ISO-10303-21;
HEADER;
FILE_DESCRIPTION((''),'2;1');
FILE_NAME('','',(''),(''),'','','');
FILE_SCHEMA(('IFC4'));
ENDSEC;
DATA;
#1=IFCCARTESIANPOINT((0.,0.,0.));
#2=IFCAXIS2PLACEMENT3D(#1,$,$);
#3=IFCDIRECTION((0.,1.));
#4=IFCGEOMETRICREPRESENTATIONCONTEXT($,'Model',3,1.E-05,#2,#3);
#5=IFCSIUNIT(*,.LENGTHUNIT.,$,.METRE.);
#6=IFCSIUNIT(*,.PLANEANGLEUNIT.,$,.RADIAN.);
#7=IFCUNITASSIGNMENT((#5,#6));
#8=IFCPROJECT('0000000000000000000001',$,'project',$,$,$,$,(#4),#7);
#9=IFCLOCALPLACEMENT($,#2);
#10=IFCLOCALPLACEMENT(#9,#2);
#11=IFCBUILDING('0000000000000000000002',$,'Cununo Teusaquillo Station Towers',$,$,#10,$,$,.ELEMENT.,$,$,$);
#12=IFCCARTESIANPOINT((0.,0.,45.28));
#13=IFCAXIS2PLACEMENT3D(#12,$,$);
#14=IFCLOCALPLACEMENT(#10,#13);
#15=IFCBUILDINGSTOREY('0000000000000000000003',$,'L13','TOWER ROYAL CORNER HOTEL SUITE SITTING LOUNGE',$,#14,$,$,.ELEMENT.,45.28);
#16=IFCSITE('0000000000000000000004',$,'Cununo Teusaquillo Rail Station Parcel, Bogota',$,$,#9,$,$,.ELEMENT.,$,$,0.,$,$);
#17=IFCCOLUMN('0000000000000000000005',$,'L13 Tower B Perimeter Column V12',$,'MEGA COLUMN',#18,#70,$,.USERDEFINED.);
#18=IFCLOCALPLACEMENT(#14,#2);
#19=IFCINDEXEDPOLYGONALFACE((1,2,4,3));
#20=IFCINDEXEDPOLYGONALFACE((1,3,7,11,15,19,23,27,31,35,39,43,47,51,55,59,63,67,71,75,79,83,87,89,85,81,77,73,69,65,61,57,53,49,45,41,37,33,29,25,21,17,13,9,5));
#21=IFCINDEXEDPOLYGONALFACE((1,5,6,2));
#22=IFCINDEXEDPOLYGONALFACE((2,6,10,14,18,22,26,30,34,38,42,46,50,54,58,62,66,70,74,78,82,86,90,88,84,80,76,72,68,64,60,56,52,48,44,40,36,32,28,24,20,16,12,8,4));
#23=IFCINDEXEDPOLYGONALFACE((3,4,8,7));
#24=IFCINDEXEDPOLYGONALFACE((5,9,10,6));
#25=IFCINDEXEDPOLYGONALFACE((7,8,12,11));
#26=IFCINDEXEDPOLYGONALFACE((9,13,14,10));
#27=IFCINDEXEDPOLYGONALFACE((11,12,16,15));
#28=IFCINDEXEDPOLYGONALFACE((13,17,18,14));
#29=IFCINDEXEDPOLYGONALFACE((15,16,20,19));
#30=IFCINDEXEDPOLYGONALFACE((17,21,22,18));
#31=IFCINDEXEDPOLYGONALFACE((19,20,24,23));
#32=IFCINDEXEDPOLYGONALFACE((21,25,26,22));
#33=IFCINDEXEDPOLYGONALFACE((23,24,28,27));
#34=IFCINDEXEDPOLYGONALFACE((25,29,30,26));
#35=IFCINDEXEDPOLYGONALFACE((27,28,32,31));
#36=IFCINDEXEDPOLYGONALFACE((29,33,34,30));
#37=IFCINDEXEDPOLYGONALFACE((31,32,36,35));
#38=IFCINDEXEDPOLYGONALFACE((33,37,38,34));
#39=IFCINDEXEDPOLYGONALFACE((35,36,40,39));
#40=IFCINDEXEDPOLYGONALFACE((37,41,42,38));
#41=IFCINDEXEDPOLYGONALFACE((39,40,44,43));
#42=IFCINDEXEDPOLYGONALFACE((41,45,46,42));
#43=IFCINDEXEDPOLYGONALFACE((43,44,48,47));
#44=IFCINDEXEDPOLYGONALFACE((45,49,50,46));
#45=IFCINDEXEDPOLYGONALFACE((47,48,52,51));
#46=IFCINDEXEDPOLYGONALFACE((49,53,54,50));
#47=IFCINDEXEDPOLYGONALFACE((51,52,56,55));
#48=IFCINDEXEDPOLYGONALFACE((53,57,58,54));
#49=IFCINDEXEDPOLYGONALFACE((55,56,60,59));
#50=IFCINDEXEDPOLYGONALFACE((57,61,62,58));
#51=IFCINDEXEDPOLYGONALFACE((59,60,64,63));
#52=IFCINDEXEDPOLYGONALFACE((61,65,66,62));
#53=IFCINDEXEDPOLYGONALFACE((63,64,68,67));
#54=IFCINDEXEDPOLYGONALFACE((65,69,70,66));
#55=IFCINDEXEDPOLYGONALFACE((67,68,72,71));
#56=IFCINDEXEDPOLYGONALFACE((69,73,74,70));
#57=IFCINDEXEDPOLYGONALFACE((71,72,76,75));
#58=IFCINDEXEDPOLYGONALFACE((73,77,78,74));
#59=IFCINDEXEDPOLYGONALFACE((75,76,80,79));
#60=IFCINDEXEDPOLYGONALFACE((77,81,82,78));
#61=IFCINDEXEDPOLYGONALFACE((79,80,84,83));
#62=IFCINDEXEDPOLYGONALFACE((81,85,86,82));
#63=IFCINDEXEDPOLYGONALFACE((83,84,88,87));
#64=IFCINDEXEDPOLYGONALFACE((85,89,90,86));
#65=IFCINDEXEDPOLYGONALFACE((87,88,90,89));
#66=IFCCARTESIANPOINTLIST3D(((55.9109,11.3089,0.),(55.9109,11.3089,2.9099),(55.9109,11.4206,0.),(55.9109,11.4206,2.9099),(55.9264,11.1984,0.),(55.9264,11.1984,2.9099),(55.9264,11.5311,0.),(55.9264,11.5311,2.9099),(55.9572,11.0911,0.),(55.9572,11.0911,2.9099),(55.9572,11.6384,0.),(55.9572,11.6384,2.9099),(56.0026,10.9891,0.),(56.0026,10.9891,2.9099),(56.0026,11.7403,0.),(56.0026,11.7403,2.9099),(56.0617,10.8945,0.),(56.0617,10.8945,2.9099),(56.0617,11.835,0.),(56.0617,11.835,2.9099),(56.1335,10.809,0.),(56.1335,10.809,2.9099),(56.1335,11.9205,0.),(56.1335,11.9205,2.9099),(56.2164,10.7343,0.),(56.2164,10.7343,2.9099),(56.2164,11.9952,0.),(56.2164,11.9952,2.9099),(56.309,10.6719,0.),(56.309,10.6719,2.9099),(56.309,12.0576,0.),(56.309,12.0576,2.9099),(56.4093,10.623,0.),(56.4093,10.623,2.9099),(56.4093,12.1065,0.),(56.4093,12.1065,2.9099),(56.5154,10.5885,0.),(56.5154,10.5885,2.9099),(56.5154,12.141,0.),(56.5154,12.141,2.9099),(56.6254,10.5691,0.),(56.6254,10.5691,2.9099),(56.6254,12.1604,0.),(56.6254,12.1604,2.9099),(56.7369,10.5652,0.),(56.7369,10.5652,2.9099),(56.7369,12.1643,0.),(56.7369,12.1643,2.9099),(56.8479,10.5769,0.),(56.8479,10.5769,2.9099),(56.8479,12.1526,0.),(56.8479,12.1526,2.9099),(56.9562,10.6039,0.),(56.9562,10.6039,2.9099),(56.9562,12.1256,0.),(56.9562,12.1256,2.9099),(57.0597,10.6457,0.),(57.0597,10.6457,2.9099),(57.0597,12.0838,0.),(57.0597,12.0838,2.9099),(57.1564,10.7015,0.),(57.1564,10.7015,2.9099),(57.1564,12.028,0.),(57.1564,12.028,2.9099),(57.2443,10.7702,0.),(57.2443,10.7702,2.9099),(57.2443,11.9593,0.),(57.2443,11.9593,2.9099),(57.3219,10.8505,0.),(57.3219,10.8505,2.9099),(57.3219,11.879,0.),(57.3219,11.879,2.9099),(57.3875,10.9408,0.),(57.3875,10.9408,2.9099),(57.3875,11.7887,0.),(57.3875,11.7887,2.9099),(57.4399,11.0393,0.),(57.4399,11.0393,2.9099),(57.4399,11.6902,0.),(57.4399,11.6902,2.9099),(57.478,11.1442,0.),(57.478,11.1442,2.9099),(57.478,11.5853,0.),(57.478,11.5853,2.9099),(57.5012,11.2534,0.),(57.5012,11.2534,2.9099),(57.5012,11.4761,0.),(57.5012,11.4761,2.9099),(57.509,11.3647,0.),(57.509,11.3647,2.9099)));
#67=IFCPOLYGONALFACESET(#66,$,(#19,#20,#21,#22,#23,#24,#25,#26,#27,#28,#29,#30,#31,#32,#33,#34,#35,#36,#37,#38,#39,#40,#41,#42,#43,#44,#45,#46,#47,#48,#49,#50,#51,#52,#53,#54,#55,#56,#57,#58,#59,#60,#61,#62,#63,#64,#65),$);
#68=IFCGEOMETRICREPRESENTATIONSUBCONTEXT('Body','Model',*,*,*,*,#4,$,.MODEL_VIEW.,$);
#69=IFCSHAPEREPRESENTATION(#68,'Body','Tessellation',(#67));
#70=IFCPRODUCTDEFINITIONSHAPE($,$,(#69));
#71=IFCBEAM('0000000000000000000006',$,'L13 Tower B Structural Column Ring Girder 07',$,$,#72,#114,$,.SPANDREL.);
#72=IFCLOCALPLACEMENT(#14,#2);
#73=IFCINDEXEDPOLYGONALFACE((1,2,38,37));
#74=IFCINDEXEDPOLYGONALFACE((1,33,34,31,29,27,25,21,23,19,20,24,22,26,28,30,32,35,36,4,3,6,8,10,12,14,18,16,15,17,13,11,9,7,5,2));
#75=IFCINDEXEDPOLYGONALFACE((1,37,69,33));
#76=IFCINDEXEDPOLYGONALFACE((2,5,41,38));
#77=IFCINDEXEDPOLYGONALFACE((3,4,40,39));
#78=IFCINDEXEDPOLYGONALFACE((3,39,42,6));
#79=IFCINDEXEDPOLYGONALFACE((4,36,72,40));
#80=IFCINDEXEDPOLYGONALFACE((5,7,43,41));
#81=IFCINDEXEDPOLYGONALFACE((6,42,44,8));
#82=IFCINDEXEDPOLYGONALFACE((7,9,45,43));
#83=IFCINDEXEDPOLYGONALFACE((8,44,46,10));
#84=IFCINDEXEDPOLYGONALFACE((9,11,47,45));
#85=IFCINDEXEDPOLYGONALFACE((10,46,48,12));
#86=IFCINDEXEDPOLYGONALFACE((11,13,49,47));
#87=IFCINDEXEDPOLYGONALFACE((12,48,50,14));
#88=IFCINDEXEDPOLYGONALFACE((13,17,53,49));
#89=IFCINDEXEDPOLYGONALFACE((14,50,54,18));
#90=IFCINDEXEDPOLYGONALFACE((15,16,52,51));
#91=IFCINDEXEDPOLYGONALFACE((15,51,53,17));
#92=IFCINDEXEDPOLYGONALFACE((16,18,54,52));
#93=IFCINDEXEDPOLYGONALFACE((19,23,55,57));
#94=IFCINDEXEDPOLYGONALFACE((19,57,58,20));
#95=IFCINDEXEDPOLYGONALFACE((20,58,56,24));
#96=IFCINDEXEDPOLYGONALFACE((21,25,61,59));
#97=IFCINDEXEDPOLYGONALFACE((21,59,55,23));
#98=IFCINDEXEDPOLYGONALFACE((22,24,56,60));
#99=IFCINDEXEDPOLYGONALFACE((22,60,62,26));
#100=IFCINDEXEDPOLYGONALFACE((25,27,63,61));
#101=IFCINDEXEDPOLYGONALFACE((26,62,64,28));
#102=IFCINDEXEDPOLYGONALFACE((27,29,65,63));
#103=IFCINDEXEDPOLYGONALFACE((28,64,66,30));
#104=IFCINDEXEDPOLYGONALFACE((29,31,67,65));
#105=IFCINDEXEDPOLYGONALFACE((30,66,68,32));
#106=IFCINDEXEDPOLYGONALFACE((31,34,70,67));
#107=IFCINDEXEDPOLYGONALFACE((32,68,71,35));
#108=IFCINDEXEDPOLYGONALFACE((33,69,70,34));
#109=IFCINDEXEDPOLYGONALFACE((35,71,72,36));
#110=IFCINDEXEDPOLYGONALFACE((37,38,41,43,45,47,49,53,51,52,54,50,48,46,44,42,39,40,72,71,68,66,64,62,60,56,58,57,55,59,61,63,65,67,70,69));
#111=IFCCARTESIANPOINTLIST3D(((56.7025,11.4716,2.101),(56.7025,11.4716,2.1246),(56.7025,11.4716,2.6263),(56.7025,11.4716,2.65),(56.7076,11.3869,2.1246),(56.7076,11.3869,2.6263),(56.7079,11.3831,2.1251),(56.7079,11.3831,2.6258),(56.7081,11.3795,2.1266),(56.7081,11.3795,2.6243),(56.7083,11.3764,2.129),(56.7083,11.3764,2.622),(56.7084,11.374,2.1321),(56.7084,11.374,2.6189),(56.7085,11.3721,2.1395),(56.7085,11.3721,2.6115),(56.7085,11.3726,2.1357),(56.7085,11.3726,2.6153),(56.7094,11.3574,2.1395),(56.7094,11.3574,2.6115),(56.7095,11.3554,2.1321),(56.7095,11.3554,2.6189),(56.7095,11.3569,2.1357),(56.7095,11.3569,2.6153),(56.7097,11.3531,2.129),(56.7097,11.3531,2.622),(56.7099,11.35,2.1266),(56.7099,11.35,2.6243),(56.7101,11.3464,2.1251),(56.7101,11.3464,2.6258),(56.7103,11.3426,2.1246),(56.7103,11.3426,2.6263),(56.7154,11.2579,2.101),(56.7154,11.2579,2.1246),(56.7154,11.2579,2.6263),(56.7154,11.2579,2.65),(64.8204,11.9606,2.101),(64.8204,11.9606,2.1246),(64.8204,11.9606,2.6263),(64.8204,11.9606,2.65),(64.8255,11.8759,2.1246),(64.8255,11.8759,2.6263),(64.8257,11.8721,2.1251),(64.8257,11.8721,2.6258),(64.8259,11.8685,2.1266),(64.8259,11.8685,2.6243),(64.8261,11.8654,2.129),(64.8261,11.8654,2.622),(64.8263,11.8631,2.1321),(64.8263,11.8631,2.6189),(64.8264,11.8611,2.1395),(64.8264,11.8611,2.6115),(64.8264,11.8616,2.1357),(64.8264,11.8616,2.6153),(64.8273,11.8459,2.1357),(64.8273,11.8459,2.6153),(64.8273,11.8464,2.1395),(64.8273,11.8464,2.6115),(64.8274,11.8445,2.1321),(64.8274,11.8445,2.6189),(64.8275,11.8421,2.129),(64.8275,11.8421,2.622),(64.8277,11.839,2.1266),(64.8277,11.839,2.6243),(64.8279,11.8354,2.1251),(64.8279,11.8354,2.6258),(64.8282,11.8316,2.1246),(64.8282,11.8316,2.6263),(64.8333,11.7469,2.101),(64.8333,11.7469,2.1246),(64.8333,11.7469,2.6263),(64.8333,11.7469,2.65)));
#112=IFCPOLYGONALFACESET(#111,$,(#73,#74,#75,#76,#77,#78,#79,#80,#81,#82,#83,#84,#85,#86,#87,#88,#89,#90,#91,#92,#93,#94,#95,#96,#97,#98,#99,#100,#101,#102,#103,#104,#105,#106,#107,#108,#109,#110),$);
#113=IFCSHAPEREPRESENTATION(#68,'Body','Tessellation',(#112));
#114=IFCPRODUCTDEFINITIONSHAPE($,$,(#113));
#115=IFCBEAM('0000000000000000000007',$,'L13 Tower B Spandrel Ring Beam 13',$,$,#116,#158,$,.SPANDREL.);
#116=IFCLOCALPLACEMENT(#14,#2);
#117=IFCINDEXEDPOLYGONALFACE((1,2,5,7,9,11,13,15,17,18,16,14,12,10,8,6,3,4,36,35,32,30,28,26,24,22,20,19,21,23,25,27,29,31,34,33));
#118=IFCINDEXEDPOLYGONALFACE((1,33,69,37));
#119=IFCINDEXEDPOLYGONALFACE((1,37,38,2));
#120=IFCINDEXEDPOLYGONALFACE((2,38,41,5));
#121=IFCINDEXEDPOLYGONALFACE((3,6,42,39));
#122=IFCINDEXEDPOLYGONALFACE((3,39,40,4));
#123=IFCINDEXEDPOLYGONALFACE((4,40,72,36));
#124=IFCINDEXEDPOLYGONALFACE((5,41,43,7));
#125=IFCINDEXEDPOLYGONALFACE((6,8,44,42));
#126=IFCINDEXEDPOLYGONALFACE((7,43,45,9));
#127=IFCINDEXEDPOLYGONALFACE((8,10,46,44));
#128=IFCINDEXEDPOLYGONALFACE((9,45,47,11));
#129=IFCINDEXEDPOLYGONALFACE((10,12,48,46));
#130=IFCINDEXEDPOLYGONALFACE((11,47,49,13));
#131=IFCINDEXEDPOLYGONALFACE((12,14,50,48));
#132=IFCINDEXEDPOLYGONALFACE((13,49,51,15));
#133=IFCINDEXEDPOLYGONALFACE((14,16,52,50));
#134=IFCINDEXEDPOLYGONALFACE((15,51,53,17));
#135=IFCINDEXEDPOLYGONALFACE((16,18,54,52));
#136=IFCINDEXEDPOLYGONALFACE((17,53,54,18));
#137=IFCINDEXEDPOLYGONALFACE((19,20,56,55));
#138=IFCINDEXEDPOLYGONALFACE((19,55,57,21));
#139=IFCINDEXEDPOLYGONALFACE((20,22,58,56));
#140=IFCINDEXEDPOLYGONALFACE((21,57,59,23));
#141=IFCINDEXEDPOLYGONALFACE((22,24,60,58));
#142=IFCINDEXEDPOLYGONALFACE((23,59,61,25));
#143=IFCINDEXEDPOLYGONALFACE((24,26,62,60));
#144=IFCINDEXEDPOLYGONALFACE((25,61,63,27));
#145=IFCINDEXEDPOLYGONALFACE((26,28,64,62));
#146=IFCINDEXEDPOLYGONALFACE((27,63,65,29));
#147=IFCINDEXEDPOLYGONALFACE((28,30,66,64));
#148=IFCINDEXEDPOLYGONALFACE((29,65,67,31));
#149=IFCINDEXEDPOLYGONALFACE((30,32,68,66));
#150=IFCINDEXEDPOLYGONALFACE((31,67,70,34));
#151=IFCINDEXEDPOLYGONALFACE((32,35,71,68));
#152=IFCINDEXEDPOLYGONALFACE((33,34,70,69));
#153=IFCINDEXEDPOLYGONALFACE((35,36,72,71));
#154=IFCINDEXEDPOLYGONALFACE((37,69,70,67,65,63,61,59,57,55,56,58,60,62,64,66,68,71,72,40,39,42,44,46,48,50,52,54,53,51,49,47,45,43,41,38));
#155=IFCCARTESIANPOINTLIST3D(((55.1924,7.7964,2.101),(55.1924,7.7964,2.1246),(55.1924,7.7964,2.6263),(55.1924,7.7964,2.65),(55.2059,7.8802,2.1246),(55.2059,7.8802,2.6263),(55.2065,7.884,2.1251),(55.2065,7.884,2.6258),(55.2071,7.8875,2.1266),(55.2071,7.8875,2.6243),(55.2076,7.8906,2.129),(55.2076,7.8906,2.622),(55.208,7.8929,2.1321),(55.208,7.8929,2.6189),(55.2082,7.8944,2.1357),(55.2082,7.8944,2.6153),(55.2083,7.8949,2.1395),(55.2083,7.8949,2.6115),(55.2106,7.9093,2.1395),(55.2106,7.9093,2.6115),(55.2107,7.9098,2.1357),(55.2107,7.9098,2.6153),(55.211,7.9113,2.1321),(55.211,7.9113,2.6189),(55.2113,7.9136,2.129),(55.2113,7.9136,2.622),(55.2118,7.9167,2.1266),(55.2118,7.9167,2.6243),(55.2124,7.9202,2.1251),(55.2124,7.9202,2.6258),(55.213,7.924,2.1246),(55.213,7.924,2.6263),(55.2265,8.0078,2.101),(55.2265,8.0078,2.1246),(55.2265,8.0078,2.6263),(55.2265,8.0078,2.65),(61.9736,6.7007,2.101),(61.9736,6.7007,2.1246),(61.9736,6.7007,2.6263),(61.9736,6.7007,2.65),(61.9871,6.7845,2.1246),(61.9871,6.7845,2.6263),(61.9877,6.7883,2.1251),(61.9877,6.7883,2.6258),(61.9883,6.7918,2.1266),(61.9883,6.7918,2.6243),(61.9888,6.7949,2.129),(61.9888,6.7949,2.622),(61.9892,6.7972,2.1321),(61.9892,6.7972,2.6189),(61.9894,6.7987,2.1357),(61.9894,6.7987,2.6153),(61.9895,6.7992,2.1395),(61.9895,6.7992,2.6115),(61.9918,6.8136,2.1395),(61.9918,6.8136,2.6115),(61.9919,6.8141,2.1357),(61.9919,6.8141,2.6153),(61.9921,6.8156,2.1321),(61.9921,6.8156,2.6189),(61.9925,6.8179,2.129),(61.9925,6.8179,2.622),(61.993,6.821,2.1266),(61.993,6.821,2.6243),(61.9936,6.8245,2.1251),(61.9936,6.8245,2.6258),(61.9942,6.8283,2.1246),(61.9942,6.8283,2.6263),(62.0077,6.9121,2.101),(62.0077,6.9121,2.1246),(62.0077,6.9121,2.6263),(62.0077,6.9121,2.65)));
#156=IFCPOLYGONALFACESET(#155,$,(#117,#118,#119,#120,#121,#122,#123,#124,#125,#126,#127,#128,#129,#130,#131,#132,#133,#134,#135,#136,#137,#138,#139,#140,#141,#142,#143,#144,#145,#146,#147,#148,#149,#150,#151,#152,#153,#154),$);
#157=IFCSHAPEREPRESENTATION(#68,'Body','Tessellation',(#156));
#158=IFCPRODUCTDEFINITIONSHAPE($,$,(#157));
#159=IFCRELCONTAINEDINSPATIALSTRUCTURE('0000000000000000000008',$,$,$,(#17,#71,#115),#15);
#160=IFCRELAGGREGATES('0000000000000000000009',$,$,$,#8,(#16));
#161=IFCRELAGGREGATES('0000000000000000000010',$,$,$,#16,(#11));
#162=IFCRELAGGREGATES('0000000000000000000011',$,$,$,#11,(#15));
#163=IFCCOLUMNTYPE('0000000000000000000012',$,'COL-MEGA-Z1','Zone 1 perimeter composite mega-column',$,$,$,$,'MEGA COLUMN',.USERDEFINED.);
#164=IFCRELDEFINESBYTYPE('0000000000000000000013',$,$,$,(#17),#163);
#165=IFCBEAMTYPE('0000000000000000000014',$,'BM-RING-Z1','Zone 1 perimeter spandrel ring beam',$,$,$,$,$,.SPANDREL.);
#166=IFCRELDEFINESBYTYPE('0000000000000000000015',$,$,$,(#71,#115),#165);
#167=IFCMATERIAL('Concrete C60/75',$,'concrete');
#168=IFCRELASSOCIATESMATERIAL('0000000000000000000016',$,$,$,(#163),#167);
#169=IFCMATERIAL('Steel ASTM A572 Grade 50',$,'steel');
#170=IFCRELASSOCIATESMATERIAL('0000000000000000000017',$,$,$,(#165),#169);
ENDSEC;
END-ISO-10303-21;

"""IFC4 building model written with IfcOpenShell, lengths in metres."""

from ifc_helpers import new_model, si_unit, direction, frame, origin, origin_2d, place, context, subcontext, project, spatial, circle, i_section, extrude, material, material_profile, profile_set, type_object, element, save


model = new_model("IFC4")

# Units and contexts
model_context = context("Model", 3, precision=1e-05, world=origin(), true_north=direction((0.0, 1.0)))
body_context = subcontext(model_context, "Body", "Model", "MODEL_VIEW")
ifc_project = project(units=[si_unit("LENGTHUNIT", "METRE"), si_unit("PLANEANGLEUNIT", "RADIAN")], contexts=[model_context])

# Site, building, storey
site_placement = place(None, origin())
site = spatial("IfcSite", under=ifc_project, at=site_placement, Name="Cununo Teusaquillo Rail Station Parcel, Bogota", CompositionType="ELEMENT", RefElevation=0.0)
building_placement = place(site_placement, origin())
building = spatial("IfcBuilding", under=site, at=building_placement, Name="Cununo Teusaquillo Station Towers", CompositionType="ELEMENT")
storey_placement = place(building_placement, frame((0.0, 0.0, 45.28)))
storey = spatial("IfcBuildingStorey", under=building, at=storey_placement, Name="L13", Description="TOWER ROYAL CORNER HOTEL SUITE SITTING LOUNGE", CompositionType="ELEMENT", Elevation=45.28)

# Column
ifc_material_1 = material(Name="Concrete C60/75", Category="concrete")
ifc_material_profile_1 = material_profile(ifc_material_1, circle(Radius=0.8, at=origin_2d()), Name="RC-CIRC-1600")
ifc_profile_set_1 = profile_set([ifc_material_profile_1], Name="Concrete C60/75")
column_type = type_object("IfcColumnType", Name="COL-MEGA-Z1", Description="Zone 1 perimeter composite mega-column", ElementType="MEGA COLUMN", PredefinedType="USERDEFINED", material=ifc_profile_set_1)
column_placement = place(storey_placement, frame((56.709, 11.3647, 0.0), z_axis=(0.0, 0.0, 1.0), x_axis=(1.0, 0.0, 0.0)))
element("IfcColumn", 1, at=column_placement, inside=storey, type_object=column_type, Name="L13 Tower B Perimeter Column V12", ObjectType="MEGA COLUMN", PredefinedType="USERDEFINED", context=body_context, shape_type="SweptSolid", body=[
    extrude(circle(Radius=0.8, at=origin_2d()), origin(), (0.0, 0.0, 1.0), 2.9099),
])

# Beams
ifc_material_2 = material(Name="Steel ASTM A572 Grade 50", Category="steel")
ifc_material_profile_2 = material_profile(ifc_material_2, i_section(OverallWidth=0.2141, OverallDepth=0.5491, WebThickness=0.0146, FlangeThickness=0.0237, FilletRadius=0.0149, at=origin_2d()), Name="W21X93")
ifc_profile_set_2 = profile_set([ifc_material_profile_2], Name="Steel ASTM A572 Grade 50")
beam_type = type_object("IfcBeamType", Name="BM-RING-Z1", Description="Zone 1 perimeter spandrel ring beam", PredefinedType="SPANDREL", material=ifc_profile_set_2)
beam_1_placement = place(storey_placement, frame((56.709, 11.3647, 2.3755), z_axis=(0.998191, 0.06013, 0.0), x_axis=(-0.06013, 0.998191, 0.0)))
element("IfcBeam", 2, at=beam_1_placement, inside=storey, type_object=beam_type, Name="L13 Tower B Structural Column Ring Girder 07", PredefinedType="SPANDREL", context=body_context, shape_type="SweptSolid", body=[
    extrude(i_section(OverallWidth=0.2141, OverallDepth=0.5491, WebThickness=0.0146, FlangeThickness=0.0237, FilletRadius=0.0149, at=origin_2d()), origin(), (0.0, 0.0, 1.0), 8.1326),
])
beam_2_placement = place(storey_placement, frame((55.2095, 7.9021, 2.3755), z_axis=(0.987196, -0.15951, 0.0), x_axis=(0.15951, 0.987196, 0.0)))
element("IfcBeam", 3, at=beam_2_placement, inside=storey, type_object=beam_type, Name="L13 Tower B Spandrel Ring Beam 13", PredefinedType="SPANDREL", context=body_context, shape_type="SweptSolid", body=[
    extrude(i_section(OverallWidth=0.2141, OverallDepth=0.5491, WebThickness=0.0146, FlangeThickness=0.0237, FilletRadius=0.0149, at=origin_2d()), origin(), (0.0, 0.0, 1.0), 6.8691),
])

save(model, "model.ifc")
